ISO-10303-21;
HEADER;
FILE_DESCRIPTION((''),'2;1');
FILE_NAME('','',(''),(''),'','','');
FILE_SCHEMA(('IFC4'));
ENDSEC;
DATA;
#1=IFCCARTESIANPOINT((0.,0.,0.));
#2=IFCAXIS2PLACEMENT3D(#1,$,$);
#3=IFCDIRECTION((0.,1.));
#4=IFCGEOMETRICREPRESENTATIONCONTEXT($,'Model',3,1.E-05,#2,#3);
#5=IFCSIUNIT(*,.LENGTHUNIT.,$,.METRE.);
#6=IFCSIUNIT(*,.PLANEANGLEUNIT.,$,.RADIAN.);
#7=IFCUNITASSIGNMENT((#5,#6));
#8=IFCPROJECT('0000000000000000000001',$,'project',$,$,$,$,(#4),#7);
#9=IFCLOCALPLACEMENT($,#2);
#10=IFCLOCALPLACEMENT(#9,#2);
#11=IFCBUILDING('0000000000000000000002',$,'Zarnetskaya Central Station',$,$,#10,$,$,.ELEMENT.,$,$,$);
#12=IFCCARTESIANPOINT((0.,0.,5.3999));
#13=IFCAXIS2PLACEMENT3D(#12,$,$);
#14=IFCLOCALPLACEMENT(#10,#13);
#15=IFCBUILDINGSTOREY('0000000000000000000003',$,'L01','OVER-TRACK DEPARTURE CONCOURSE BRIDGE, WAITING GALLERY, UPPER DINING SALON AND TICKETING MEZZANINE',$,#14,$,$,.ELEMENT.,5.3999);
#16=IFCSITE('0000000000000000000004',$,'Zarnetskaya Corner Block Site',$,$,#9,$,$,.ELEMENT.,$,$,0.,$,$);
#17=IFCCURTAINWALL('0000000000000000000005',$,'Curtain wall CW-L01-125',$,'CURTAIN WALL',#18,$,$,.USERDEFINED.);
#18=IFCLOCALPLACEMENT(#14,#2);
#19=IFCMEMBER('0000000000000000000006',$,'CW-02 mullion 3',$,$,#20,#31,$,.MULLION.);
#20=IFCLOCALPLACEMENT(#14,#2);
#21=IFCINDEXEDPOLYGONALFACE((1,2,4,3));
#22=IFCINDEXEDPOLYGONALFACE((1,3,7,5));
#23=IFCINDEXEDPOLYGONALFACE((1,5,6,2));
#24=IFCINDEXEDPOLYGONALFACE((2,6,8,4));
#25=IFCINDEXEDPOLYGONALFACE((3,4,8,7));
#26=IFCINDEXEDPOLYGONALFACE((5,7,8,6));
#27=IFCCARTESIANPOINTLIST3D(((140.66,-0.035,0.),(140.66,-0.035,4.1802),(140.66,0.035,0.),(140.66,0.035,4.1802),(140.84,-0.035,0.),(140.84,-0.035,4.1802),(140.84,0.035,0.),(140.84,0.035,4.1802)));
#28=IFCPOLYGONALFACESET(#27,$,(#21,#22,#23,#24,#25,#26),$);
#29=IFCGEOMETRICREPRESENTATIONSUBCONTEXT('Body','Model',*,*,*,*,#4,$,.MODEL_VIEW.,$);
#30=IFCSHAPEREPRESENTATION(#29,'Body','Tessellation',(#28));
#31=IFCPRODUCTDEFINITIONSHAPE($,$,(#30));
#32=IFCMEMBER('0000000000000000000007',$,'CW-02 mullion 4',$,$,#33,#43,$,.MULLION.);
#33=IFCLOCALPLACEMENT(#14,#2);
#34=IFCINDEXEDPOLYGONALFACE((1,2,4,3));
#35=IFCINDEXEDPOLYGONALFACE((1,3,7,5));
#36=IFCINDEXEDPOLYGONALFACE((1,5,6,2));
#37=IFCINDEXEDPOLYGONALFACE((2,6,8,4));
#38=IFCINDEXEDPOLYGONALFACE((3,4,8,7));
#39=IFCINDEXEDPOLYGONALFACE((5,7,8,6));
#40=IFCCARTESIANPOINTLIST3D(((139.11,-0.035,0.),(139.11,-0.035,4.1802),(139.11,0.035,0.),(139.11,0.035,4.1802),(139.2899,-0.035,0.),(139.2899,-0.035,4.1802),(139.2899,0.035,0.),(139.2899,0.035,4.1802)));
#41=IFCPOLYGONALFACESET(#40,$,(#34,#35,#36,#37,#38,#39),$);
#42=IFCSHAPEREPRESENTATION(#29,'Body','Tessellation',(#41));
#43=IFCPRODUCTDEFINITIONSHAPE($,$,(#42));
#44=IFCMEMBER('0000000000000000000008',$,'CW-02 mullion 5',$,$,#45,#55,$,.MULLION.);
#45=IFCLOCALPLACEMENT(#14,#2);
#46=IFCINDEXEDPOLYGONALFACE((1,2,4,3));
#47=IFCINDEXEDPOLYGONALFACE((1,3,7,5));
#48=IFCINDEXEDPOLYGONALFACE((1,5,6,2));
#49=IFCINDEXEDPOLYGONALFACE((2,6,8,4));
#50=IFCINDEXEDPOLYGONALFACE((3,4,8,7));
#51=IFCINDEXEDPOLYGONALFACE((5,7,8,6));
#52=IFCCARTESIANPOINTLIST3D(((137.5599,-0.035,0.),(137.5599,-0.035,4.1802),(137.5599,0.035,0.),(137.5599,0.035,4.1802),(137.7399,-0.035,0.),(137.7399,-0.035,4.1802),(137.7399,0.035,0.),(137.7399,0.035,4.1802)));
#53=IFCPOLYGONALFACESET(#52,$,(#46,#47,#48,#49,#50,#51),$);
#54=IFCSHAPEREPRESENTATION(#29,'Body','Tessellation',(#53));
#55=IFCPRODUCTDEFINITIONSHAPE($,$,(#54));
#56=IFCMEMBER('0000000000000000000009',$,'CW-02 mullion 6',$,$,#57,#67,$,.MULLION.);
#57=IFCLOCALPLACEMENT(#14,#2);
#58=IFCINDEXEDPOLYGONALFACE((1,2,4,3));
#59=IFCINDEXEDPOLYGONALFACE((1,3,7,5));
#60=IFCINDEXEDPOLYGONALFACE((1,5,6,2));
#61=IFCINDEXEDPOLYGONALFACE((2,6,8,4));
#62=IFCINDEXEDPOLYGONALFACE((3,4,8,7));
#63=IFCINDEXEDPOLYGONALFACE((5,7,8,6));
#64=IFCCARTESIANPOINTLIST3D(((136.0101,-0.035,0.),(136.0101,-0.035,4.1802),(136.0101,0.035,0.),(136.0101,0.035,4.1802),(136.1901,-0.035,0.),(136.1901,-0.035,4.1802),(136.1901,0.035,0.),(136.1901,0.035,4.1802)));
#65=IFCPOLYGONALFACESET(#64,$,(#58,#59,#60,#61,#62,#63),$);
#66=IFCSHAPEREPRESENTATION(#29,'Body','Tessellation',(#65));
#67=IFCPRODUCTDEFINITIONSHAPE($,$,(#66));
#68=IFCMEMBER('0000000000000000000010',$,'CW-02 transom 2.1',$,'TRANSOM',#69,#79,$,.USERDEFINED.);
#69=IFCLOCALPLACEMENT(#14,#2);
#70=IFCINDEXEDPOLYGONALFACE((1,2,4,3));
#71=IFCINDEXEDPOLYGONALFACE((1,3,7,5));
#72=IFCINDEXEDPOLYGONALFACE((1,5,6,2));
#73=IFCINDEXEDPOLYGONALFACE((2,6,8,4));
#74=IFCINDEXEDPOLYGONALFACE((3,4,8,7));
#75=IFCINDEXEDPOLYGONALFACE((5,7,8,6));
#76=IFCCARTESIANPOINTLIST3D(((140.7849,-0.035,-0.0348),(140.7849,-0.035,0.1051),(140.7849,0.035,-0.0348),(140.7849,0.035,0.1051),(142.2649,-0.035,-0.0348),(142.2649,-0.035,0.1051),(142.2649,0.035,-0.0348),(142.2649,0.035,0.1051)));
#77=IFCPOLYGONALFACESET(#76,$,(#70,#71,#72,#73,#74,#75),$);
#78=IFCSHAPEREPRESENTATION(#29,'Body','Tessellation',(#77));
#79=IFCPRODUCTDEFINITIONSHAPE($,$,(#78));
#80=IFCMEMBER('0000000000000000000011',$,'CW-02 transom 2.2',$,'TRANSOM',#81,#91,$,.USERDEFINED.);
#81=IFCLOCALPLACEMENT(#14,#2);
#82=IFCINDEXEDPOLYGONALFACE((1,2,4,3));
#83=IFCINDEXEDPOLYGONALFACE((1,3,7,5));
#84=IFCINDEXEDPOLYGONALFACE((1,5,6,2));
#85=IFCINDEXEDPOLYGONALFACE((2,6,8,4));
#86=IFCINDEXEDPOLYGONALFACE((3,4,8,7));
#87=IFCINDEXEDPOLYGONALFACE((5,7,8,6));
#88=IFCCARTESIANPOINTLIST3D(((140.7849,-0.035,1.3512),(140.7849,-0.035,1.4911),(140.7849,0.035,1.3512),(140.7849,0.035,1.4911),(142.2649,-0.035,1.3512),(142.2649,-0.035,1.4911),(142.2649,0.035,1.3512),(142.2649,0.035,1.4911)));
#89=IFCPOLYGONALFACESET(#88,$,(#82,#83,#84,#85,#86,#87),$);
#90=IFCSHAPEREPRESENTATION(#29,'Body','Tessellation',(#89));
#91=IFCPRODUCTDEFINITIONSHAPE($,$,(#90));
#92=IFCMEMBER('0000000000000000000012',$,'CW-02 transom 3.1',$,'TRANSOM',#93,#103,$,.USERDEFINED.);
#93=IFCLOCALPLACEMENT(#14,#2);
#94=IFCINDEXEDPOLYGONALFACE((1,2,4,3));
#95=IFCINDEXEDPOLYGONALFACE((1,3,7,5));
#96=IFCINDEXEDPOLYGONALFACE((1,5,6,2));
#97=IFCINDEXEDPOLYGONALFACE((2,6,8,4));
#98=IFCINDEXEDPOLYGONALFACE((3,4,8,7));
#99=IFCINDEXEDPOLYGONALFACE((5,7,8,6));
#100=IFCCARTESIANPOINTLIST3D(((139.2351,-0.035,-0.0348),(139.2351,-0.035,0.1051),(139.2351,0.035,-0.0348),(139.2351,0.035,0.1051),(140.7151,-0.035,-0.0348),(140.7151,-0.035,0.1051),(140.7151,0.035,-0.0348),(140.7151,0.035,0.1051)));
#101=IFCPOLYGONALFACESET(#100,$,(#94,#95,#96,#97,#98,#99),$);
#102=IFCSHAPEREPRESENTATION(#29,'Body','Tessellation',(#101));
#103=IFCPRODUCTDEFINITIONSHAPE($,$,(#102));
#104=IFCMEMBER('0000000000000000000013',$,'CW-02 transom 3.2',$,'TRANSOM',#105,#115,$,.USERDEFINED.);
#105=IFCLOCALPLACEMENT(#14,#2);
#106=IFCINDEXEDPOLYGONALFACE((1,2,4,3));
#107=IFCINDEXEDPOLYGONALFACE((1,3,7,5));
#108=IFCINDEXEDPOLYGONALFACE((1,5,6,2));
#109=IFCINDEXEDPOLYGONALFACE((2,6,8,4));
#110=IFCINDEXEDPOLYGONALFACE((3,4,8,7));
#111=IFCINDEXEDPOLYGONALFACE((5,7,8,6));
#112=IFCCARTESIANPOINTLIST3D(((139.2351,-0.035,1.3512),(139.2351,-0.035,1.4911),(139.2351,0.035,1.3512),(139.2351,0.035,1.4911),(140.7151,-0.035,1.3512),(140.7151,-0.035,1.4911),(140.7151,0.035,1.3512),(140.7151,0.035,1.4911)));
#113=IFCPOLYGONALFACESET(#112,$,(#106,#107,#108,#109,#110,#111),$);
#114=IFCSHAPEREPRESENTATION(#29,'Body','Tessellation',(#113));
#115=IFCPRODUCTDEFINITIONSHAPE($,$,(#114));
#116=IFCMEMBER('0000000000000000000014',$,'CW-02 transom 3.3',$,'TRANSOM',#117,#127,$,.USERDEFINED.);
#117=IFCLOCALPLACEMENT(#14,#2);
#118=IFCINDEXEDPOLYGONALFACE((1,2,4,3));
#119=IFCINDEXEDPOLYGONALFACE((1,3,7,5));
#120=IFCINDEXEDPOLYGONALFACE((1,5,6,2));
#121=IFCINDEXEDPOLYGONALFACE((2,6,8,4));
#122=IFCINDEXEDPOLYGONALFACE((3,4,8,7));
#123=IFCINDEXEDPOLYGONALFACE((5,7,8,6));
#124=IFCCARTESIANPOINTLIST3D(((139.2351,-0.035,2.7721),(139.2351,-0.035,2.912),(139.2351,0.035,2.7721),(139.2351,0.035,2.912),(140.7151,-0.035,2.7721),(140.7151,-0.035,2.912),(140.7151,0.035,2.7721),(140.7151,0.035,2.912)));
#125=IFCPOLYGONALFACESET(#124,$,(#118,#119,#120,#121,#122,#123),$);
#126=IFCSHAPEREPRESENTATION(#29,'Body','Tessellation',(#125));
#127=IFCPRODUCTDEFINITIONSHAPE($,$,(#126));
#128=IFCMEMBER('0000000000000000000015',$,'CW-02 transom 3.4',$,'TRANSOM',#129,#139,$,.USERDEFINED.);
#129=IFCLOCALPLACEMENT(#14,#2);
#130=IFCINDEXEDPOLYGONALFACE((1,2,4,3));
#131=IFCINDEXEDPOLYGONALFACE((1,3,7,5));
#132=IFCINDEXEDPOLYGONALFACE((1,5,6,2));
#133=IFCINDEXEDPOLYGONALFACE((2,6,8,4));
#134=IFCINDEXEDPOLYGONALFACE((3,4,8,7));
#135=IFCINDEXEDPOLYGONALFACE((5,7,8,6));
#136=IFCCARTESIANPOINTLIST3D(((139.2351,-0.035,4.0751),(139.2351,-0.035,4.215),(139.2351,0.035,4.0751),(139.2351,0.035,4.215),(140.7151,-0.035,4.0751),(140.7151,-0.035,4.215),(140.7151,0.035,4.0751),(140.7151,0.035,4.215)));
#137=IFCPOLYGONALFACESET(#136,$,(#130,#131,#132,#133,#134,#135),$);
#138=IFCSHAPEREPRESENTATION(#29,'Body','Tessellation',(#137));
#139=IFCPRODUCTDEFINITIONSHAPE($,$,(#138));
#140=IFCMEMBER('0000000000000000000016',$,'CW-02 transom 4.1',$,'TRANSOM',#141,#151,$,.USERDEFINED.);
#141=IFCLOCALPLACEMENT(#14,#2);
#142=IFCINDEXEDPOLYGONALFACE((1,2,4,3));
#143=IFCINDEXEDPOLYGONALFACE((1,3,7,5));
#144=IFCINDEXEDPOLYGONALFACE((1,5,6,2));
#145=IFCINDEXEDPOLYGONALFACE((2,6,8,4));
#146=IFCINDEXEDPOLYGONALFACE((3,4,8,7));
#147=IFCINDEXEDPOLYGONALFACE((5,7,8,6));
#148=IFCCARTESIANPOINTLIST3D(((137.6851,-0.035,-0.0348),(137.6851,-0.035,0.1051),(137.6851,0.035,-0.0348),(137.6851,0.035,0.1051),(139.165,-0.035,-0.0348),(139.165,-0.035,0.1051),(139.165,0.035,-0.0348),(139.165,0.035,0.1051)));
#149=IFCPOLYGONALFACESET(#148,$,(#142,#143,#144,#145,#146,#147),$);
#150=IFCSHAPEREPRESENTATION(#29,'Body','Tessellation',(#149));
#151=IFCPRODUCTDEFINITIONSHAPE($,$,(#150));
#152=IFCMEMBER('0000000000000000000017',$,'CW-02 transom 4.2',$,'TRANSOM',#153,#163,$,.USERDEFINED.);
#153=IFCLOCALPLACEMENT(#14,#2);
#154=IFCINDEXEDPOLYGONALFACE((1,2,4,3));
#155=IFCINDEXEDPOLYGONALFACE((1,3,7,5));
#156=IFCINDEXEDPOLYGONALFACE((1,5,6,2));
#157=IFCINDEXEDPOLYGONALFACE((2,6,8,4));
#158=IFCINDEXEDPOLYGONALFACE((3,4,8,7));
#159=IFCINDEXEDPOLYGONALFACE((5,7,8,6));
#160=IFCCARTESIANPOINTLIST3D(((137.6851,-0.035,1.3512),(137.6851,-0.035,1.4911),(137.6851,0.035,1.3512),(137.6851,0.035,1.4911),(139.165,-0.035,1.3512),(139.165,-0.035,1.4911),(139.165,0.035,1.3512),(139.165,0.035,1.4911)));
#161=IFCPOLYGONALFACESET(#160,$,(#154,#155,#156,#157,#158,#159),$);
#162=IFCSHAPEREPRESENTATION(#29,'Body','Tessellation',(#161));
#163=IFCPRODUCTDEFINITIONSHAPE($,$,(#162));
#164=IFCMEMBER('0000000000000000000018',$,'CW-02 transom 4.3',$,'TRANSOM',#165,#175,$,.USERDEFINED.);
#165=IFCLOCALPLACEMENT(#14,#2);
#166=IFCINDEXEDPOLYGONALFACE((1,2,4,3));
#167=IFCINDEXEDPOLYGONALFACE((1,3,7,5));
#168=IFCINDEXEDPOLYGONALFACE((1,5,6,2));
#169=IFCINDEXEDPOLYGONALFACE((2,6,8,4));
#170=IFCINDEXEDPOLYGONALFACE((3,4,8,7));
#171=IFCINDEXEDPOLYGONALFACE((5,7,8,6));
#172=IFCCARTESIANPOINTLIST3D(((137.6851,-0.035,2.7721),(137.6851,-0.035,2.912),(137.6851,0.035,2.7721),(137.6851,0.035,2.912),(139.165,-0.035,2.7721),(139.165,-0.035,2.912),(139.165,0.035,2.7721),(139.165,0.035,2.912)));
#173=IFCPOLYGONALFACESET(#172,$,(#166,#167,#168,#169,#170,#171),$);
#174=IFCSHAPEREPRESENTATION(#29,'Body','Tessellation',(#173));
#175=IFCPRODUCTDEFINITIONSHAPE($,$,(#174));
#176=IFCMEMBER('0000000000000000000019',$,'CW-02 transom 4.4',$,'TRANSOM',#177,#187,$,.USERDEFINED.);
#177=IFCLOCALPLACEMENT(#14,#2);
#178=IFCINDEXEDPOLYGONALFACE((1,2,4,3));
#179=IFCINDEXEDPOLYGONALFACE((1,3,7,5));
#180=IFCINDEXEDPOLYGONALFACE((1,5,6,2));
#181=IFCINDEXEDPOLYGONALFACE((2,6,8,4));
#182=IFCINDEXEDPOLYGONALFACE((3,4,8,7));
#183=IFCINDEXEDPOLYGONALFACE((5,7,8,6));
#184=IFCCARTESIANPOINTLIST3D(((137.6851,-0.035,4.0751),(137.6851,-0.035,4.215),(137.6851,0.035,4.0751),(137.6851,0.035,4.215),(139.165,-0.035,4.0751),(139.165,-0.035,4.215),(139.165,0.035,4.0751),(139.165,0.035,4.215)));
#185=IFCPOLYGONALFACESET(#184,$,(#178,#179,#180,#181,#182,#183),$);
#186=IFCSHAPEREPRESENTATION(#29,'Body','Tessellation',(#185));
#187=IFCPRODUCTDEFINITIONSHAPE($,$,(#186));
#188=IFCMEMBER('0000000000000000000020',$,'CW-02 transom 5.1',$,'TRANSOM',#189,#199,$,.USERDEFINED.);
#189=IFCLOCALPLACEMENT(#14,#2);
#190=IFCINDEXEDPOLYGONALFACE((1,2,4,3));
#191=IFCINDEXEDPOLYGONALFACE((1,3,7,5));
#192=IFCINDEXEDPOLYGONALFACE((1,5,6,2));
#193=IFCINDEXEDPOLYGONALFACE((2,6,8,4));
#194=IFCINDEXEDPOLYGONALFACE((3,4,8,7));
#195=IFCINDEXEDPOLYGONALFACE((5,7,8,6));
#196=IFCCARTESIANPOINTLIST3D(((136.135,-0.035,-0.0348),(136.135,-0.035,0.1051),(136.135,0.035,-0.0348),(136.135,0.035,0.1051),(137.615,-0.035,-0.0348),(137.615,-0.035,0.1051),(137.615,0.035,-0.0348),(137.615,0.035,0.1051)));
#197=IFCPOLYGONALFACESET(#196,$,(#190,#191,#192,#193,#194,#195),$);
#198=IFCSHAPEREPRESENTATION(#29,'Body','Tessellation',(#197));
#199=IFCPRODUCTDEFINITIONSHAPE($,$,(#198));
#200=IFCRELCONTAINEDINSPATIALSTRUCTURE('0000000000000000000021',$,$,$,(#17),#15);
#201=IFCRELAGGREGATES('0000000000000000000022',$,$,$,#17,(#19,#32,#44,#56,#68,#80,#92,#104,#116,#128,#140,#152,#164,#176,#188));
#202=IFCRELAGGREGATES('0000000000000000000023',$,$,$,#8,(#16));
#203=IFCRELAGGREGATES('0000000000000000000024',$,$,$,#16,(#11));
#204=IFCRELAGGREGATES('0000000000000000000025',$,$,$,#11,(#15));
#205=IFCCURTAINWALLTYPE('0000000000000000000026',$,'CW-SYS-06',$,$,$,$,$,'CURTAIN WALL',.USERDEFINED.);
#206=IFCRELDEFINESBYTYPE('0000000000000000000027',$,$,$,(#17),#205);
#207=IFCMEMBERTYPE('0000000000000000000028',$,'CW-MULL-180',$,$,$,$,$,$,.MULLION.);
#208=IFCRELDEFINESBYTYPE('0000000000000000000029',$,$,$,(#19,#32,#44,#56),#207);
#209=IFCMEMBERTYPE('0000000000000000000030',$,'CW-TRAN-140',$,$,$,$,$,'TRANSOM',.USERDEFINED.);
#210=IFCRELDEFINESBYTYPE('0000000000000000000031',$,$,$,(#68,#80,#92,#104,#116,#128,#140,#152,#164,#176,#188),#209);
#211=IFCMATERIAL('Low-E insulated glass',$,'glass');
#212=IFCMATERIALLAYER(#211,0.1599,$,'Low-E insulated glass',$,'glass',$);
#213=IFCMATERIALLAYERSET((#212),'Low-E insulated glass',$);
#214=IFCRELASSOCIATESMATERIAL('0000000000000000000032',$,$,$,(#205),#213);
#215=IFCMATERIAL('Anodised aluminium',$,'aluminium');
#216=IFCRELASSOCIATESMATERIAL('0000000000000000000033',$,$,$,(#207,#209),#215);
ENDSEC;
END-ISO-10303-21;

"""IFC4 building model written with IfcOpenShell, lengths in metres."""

from ifc_helpers import new_model, si_unit, direction, frame, origin, origin_2d, place, context, subcontext, project, spatial, rectangle, extrude, material, layer, layer_set, material_profile, profile_set, type_object, element, aggregate, save


model = new_model("IFC4")

# Units and contexts
model_context = context("Model", 3, precision=1e-05, world=origin(), true_north=direction((0.0, 1.0)))
body_context = subcontext(model_context, "Body", "Model", "MODEL_VIEW")
ifc_project = project(units=[si_unit("LENGTHUNIT", "METRE"), si_unit("PLANEANGLEUNIT", "RADIAN")], contexts=[model_context])

# Site, building, storey
site_placement = place(None, origin())
site = spatial("IfcSite", under=ifc_project, at=site_placement, Name="Zarnetskaya Corner Block Site", CompositionType="ELEMENT", RefElevation=0.0)
building_placement = place(site_placement, origin())
building = spatial("IfcBuilding", under=site, at=building_placement, Name="Zarnetskaya Central Station", CompositionType="ELEMENT")
storey_placement = place(building_placement, frame((0.0, 0.0, 5.3999)))
storey = spatial("IfcBuildingStorey", under=building, at=storey_placement, Name="L01", Description="OVER-TRACK DEPARTURE CONCOURSE BRIDGE, WAITING GALLERY, UPPER DINING SALON AND TICKETING MEZZANINE", CompositionType="ELEMENT", Elevation=5.3999)

# Curtain wall, members
ifc_material_1 = material(Name="Low-E insulated glass", Category="glass")
ifc_layer_1 = layer(ifc_material_1, 0.1599, Name="Low-E insulated glass", Category="glass")
ifc_layer_set_1 = layer_set([ifc_layer_1], Name="Low-E insulated glass")
curtain_wall_type = type_object("IfcCurtainWallType", Name="CW-SYS-06", ElementType="CURTAIN WALL", PredefinedType="USERDEFINED", material=ifc_layer_set_1)
curtain_wall_placement = place(storey_placement, origin())
curtain_wall = element("IfcCurtainWall", 1, at=curtain_wall_placement, inside=storey, type_object=curtain_wall_type, Name="Curtain wall CW-L01-125", ObjectType="CURTAIN WALL", PredefinedType="USERDEFINED")
ifc_material_2 = material(Name="Anodised aluminium", Category="aluminium")
ifc_material_profile_1 = material_profile(ifc_material_2, rectangle(XDim=0.0701, YDim=0.1799, at=origin_2d()), Name="ALU MULL 70x180")
ifc_profile_set_1 = profile_set([ifc_material_profile_1], Name="Anodised aluminium")
member_type_1 = type_object("IfcMemberType", Name="CW-MULL-180", PredefinedType="MULLION", material=ifc_profile_set_1)
member_1_placement = place(storey_placement, frame((140.75, 0.0, 0.0), z_axis=(0.0, 0.0, 1.0), x_axis=(0.0, -1.0, 0.0)))
member_1 = element("IfcMember", 2, at=member_1_placement, type_object=member_type_1, Name="CW-02 mullion 3", PredefinedType="MULLION", context=body_context, shape_type="SweptSolid", body=[
    extrude(rectangle(XDim=0.0701, YDim=0.1799, at=origin_2d()), origin(), (0.0, 0.0, 1.0), 4.1802),
])
member_2_placement = place(storey_placement, frame((139.2, 0.0, 0.0), z_axis=(0.0, 0.0, 1.0), x_axis=(0.0, -1.0, 0.0)))
member_2 = element("IfcMember", 3, at=member_2_placement, type_object=member_type_1, Name="CW-02 mullion 4", PredefinedType="MULLION", context=body_context, shape_type="SweptSolid", body=[
    extrude(rectangle(XDim=0.0701, YDim=0.1799, at=origin_2d()), origin(), (0.0, 0.0, 1.0), 4.1802),
])
member_3_placement = place(storey_placement, frame((137.6499, 0.0, 0.0), z_axis=(0.0, 0.0, 1.0), x_axis=(0.0, -1.0, 0.0)))
member_3 = element("IfcMember", 4, at=member_3_placement, type_object=member_type_1, Name="CW-02 mullion 5", PredefinedType="MULLION", context=body_context, shape_type="SweptSolid", body=[
    extrude(rectangle(XDim=0.0701, YDim=0.1799, at=origin_2d()), origin(), (0.0, 0.0, 1.0), 4.1802),
])
member_4_placement = place(storey_placement, frame((136.1001, 0.0, 0.0), z_axis=(0.0, 0.0, 1.0), x_axis=(0.0, -1.0, 0.0)))
member_4 = element("IfcMember", 5, at=member_4_placement, type_object=member_type_1, Name="CW-02 mullion 6", PredefinedType="MULLION", context=body_context, shape_type="SweptSolid", body=[
    extrude(rectangle(XDim=0.0701, YDim=0.1799, at=origin_2d()), origin(), (0.0, 0.0, 1.0), 4.1802),
])
ifc_material_profile_2 = material_profile(ifc_material_2, rectangle(XDim=0.0701, YDim=0.1399, at=origin_2d()), Name="ALU TRAN 70x140")
ifc_profile_set_2 = profile_set([ifc_material_profile_2], Name="Anodised aluminium")
member_type_2 = type_object("IfcMemberType", Name="CW-TRAN-140", ElementType="TRANSOM", PredefinedType="USERDEFINED", material=ifc_profile_set_2)
member_5_placement = place(storey_placement, frame((142.2649, 0.0, 0.0352), z_axis=(-1.0, 0.0, 0.0), x_axis=(0.0, -1.0, 0.0)))
member_5 = element("IfcMember", 6, at=member_5_placement, type_object=member_type_2, Name="CW-02 transom 2.1", ObjectType="TRANSOM", PredefinedType="USERDEFINED", context=body_context, shape_type="SweptSolid", body=[
    extrude(rectangle(XDim=0.0701, YDim=0.1399, at=origin_2d()), origin(), (0.0, 0.0, 1.0), 1.48),
])
member_6_placement = place(storey_placement, frame((142.2649, 0.0, 1.4211), z_axis=(-1.0, 0.0, 0.0), x_axis=(0.0, -1.0, 0.0)))
member_6 = element("IfcMember", 7, at=member_6_placement, type_object=member_type_2, Name="CW-02 transom 2.2", ObjectType="TRANSOM", PredefinedType="USERDEFINED", context=body_context, shape_type="SweptSolid", body=[
    extrude(rectangle(XDim=0.0701, YDim=0.1399, at=origin_2d()), origin(), (0.0, 0.0, 1.0), 1.48),
])
member_7_placement = place(storey_placement, frame((140.7151, 0.0, 0.0352), z_axis=(-1.0, 0.0, 0.0), x_axis=(0.0, -1.0, 0.0)))
member_7 = element("IfcMember", 8, at=member_7_placement, type_object=member_type_2, Name="CW-02 transom 3.1", ObjectType="TRANSOM", PredefinedType="USERDEFINED", context=body_context, shape_type="SweptSolid", body=[
    extrude(rectangle(XDim=0.0701, YDim=0.1399, at=origin_2d()), origin(), (0.0, 0.0, 1.0), 1.48),
])
member_8_placement = place(storey_placement, frame((140.7151, 0.0, 1.4211), z_axis=(-1.0, 0.0, 0.0), x_axis=(0.0, -1.0, 0.0)))
member_8 = element("IfcMember", 9, at=member_8_placement, type_object=member_type_2, Name="CW-02 transom 3.2", ObjectType="TRANSOM", PredefinedType="USERDEFINED", context=body_context, shape_type="SweptSolid", body=[
    extrude(rectangle(XDim=0.0701, YDim=0.1399, at=origin_2d()), origin(), (0.0, 0.0, 1.0), 1.48),
])
member_9_placement = place(storey_placement, frame((140.7151, 0.0, 2.842), z_axis=(-1.0, 0.0, 0.0), x_axis=(0.0, -1.0, 0.0)))
member_9 = element("IfcMember", 10, at=member_9_placement, type_object=member_type_2, Name="CW-02 transom 3.3", ObjectType="TRANSOM", PredefinedType="USERDEFINED", context=body_context, shape_type="SweptSolid", body=[
    extrude(rectangle(XDim=0.0701, YDim=0.1399, at=origin_2d()), origin(), (0.0, 0.0, 1.0), 1.48),
])
member_10_placement = place(storey_placement, frame((140.7151, 0.0, 4.145), z_axis=(-1.0, 0.0, 0.0), x_axis=(0.0, -1.0, 0.0)))
member_10 = element("IfcMember", 11, at=member_10_placement, type_object=member_type_2, Name="CW-02 transom 3.4", ObjectType="TRANSOM", PredefinedType="USERDEFINED", context=body_context, shape_type="SweptSolid", body=[
    extrude(rectangle(XDim=0.0701, YDim=0.1399, at=origin_2d()), origin(), (0.0, 0.0, 1.0), 1.48),
])
member_11_placement = place(storey_placement, frame((139.165, 0.0, 0.0352), z_axis=(-1.0, 0.0, 0.0), x_axis=(0.0, -1.0, 0.0)))
member_11 = element("IfcMember", 12, at=member_11_placement, type_object=member_type_2, Name="CW-02 transom 4.1", ObjectType="TRANSOM", PredefinedType="USERDEFINED", context=body_context, shape_type="SweptSolid", body=[
    extrude(rectangle(XDim=0.0701, YDim=0.1399, at=origin_2d()), origin(), (0.0, 0.0, 1.0), 1.48),
])
member_12_placement = place(storey_placement, frame((139.165, 0.0, 1.4211), z_axis=(-1.0, 0.0, 0.0), x_axis=(0.0, -1.0, 0.0)))
member_12 = element("IfcMember", 13, at=member_12_placement, type_object=member_type_2, Name="CW-02 transom 4.2", ObjectType="TRANSOM", PredefinedType="USERDEFINED", context=body_context, shape_type="SweptSolid", body=[
    extrude(rectangle(XDim=0.0701, YDim=0.1399, at=origin_2d()), origin(), (0.0, 0.0, 1.0), 1.48),
])
member_13_placement = place(storey_placement, frame((139.165, 0.0, 2.842), z_axis=(-1.0, 0.0, 0.0), x_axis=(0.0, -1.0, 0.0)))
member_13 = element("IfcMember", 14, at=member_13_placement, type_object=member_type_2, Name="CW-02 transom 4.3", ObjectType="TRANSOM", PredefinedType="USERDEFINED", context=body_context, shape_type="SweptSolid", body=[
    extrude(rectangle(XDim=0.0701, YDim=0.1399, at=origin_2d()), origin(), (0.0, 0.0, 1.0), 1.48),
])
member_14_placement = place(storey_placement, frame((139.165, 0.0, 4.145), z_axis=(-1.0, 0.0, 0.0), x_axis=(0.0, -1.0, 0.0)))
member_14 = element("IfcMember", 15, at=member_14_placement, type_object=member_type_2, Name="CW-02 transom 4.4", ObjectType="TRANSOM", PredefinedType="USERDEFINED", context=body_context, shape_type="SweptSolid", body=[
    extrude(rectangle(XDim=0.0701, YDim=0.1399, at=origin_2d()), origin(), (0.0, 0.0, 1.0), 1.48),
])
member_15_placement = place(storey_placement, frame((137.615, 0.0, 0.0352), z_axis=(-1.0, 0.0, 0.0), x_axis=(0.0, -1.0, 0.0)))
member_15 = element("IfcMember", 16, at=member_15_placement, type_object=member_type_2, Name="CW-02 transom 5.1", ObjectType="TRANSOM", PredefinedType="USERDEFINED", context=body_context, shape_type="SweptSolid", body=[
    extrude(rectangle(XDim=0.0701, YDim=0.1399, at=origin_2d()), origin(), (0.0, 0.0, 1.0), 1.48),
])
aggregate(curtain_wall, [member_1, member_2, member_3, member_4, member_5, member_6, member_7, member_8, member_9, member_10, member_11, member_12, member_13, member_14, member_15])

save(model, "model.ifc")
